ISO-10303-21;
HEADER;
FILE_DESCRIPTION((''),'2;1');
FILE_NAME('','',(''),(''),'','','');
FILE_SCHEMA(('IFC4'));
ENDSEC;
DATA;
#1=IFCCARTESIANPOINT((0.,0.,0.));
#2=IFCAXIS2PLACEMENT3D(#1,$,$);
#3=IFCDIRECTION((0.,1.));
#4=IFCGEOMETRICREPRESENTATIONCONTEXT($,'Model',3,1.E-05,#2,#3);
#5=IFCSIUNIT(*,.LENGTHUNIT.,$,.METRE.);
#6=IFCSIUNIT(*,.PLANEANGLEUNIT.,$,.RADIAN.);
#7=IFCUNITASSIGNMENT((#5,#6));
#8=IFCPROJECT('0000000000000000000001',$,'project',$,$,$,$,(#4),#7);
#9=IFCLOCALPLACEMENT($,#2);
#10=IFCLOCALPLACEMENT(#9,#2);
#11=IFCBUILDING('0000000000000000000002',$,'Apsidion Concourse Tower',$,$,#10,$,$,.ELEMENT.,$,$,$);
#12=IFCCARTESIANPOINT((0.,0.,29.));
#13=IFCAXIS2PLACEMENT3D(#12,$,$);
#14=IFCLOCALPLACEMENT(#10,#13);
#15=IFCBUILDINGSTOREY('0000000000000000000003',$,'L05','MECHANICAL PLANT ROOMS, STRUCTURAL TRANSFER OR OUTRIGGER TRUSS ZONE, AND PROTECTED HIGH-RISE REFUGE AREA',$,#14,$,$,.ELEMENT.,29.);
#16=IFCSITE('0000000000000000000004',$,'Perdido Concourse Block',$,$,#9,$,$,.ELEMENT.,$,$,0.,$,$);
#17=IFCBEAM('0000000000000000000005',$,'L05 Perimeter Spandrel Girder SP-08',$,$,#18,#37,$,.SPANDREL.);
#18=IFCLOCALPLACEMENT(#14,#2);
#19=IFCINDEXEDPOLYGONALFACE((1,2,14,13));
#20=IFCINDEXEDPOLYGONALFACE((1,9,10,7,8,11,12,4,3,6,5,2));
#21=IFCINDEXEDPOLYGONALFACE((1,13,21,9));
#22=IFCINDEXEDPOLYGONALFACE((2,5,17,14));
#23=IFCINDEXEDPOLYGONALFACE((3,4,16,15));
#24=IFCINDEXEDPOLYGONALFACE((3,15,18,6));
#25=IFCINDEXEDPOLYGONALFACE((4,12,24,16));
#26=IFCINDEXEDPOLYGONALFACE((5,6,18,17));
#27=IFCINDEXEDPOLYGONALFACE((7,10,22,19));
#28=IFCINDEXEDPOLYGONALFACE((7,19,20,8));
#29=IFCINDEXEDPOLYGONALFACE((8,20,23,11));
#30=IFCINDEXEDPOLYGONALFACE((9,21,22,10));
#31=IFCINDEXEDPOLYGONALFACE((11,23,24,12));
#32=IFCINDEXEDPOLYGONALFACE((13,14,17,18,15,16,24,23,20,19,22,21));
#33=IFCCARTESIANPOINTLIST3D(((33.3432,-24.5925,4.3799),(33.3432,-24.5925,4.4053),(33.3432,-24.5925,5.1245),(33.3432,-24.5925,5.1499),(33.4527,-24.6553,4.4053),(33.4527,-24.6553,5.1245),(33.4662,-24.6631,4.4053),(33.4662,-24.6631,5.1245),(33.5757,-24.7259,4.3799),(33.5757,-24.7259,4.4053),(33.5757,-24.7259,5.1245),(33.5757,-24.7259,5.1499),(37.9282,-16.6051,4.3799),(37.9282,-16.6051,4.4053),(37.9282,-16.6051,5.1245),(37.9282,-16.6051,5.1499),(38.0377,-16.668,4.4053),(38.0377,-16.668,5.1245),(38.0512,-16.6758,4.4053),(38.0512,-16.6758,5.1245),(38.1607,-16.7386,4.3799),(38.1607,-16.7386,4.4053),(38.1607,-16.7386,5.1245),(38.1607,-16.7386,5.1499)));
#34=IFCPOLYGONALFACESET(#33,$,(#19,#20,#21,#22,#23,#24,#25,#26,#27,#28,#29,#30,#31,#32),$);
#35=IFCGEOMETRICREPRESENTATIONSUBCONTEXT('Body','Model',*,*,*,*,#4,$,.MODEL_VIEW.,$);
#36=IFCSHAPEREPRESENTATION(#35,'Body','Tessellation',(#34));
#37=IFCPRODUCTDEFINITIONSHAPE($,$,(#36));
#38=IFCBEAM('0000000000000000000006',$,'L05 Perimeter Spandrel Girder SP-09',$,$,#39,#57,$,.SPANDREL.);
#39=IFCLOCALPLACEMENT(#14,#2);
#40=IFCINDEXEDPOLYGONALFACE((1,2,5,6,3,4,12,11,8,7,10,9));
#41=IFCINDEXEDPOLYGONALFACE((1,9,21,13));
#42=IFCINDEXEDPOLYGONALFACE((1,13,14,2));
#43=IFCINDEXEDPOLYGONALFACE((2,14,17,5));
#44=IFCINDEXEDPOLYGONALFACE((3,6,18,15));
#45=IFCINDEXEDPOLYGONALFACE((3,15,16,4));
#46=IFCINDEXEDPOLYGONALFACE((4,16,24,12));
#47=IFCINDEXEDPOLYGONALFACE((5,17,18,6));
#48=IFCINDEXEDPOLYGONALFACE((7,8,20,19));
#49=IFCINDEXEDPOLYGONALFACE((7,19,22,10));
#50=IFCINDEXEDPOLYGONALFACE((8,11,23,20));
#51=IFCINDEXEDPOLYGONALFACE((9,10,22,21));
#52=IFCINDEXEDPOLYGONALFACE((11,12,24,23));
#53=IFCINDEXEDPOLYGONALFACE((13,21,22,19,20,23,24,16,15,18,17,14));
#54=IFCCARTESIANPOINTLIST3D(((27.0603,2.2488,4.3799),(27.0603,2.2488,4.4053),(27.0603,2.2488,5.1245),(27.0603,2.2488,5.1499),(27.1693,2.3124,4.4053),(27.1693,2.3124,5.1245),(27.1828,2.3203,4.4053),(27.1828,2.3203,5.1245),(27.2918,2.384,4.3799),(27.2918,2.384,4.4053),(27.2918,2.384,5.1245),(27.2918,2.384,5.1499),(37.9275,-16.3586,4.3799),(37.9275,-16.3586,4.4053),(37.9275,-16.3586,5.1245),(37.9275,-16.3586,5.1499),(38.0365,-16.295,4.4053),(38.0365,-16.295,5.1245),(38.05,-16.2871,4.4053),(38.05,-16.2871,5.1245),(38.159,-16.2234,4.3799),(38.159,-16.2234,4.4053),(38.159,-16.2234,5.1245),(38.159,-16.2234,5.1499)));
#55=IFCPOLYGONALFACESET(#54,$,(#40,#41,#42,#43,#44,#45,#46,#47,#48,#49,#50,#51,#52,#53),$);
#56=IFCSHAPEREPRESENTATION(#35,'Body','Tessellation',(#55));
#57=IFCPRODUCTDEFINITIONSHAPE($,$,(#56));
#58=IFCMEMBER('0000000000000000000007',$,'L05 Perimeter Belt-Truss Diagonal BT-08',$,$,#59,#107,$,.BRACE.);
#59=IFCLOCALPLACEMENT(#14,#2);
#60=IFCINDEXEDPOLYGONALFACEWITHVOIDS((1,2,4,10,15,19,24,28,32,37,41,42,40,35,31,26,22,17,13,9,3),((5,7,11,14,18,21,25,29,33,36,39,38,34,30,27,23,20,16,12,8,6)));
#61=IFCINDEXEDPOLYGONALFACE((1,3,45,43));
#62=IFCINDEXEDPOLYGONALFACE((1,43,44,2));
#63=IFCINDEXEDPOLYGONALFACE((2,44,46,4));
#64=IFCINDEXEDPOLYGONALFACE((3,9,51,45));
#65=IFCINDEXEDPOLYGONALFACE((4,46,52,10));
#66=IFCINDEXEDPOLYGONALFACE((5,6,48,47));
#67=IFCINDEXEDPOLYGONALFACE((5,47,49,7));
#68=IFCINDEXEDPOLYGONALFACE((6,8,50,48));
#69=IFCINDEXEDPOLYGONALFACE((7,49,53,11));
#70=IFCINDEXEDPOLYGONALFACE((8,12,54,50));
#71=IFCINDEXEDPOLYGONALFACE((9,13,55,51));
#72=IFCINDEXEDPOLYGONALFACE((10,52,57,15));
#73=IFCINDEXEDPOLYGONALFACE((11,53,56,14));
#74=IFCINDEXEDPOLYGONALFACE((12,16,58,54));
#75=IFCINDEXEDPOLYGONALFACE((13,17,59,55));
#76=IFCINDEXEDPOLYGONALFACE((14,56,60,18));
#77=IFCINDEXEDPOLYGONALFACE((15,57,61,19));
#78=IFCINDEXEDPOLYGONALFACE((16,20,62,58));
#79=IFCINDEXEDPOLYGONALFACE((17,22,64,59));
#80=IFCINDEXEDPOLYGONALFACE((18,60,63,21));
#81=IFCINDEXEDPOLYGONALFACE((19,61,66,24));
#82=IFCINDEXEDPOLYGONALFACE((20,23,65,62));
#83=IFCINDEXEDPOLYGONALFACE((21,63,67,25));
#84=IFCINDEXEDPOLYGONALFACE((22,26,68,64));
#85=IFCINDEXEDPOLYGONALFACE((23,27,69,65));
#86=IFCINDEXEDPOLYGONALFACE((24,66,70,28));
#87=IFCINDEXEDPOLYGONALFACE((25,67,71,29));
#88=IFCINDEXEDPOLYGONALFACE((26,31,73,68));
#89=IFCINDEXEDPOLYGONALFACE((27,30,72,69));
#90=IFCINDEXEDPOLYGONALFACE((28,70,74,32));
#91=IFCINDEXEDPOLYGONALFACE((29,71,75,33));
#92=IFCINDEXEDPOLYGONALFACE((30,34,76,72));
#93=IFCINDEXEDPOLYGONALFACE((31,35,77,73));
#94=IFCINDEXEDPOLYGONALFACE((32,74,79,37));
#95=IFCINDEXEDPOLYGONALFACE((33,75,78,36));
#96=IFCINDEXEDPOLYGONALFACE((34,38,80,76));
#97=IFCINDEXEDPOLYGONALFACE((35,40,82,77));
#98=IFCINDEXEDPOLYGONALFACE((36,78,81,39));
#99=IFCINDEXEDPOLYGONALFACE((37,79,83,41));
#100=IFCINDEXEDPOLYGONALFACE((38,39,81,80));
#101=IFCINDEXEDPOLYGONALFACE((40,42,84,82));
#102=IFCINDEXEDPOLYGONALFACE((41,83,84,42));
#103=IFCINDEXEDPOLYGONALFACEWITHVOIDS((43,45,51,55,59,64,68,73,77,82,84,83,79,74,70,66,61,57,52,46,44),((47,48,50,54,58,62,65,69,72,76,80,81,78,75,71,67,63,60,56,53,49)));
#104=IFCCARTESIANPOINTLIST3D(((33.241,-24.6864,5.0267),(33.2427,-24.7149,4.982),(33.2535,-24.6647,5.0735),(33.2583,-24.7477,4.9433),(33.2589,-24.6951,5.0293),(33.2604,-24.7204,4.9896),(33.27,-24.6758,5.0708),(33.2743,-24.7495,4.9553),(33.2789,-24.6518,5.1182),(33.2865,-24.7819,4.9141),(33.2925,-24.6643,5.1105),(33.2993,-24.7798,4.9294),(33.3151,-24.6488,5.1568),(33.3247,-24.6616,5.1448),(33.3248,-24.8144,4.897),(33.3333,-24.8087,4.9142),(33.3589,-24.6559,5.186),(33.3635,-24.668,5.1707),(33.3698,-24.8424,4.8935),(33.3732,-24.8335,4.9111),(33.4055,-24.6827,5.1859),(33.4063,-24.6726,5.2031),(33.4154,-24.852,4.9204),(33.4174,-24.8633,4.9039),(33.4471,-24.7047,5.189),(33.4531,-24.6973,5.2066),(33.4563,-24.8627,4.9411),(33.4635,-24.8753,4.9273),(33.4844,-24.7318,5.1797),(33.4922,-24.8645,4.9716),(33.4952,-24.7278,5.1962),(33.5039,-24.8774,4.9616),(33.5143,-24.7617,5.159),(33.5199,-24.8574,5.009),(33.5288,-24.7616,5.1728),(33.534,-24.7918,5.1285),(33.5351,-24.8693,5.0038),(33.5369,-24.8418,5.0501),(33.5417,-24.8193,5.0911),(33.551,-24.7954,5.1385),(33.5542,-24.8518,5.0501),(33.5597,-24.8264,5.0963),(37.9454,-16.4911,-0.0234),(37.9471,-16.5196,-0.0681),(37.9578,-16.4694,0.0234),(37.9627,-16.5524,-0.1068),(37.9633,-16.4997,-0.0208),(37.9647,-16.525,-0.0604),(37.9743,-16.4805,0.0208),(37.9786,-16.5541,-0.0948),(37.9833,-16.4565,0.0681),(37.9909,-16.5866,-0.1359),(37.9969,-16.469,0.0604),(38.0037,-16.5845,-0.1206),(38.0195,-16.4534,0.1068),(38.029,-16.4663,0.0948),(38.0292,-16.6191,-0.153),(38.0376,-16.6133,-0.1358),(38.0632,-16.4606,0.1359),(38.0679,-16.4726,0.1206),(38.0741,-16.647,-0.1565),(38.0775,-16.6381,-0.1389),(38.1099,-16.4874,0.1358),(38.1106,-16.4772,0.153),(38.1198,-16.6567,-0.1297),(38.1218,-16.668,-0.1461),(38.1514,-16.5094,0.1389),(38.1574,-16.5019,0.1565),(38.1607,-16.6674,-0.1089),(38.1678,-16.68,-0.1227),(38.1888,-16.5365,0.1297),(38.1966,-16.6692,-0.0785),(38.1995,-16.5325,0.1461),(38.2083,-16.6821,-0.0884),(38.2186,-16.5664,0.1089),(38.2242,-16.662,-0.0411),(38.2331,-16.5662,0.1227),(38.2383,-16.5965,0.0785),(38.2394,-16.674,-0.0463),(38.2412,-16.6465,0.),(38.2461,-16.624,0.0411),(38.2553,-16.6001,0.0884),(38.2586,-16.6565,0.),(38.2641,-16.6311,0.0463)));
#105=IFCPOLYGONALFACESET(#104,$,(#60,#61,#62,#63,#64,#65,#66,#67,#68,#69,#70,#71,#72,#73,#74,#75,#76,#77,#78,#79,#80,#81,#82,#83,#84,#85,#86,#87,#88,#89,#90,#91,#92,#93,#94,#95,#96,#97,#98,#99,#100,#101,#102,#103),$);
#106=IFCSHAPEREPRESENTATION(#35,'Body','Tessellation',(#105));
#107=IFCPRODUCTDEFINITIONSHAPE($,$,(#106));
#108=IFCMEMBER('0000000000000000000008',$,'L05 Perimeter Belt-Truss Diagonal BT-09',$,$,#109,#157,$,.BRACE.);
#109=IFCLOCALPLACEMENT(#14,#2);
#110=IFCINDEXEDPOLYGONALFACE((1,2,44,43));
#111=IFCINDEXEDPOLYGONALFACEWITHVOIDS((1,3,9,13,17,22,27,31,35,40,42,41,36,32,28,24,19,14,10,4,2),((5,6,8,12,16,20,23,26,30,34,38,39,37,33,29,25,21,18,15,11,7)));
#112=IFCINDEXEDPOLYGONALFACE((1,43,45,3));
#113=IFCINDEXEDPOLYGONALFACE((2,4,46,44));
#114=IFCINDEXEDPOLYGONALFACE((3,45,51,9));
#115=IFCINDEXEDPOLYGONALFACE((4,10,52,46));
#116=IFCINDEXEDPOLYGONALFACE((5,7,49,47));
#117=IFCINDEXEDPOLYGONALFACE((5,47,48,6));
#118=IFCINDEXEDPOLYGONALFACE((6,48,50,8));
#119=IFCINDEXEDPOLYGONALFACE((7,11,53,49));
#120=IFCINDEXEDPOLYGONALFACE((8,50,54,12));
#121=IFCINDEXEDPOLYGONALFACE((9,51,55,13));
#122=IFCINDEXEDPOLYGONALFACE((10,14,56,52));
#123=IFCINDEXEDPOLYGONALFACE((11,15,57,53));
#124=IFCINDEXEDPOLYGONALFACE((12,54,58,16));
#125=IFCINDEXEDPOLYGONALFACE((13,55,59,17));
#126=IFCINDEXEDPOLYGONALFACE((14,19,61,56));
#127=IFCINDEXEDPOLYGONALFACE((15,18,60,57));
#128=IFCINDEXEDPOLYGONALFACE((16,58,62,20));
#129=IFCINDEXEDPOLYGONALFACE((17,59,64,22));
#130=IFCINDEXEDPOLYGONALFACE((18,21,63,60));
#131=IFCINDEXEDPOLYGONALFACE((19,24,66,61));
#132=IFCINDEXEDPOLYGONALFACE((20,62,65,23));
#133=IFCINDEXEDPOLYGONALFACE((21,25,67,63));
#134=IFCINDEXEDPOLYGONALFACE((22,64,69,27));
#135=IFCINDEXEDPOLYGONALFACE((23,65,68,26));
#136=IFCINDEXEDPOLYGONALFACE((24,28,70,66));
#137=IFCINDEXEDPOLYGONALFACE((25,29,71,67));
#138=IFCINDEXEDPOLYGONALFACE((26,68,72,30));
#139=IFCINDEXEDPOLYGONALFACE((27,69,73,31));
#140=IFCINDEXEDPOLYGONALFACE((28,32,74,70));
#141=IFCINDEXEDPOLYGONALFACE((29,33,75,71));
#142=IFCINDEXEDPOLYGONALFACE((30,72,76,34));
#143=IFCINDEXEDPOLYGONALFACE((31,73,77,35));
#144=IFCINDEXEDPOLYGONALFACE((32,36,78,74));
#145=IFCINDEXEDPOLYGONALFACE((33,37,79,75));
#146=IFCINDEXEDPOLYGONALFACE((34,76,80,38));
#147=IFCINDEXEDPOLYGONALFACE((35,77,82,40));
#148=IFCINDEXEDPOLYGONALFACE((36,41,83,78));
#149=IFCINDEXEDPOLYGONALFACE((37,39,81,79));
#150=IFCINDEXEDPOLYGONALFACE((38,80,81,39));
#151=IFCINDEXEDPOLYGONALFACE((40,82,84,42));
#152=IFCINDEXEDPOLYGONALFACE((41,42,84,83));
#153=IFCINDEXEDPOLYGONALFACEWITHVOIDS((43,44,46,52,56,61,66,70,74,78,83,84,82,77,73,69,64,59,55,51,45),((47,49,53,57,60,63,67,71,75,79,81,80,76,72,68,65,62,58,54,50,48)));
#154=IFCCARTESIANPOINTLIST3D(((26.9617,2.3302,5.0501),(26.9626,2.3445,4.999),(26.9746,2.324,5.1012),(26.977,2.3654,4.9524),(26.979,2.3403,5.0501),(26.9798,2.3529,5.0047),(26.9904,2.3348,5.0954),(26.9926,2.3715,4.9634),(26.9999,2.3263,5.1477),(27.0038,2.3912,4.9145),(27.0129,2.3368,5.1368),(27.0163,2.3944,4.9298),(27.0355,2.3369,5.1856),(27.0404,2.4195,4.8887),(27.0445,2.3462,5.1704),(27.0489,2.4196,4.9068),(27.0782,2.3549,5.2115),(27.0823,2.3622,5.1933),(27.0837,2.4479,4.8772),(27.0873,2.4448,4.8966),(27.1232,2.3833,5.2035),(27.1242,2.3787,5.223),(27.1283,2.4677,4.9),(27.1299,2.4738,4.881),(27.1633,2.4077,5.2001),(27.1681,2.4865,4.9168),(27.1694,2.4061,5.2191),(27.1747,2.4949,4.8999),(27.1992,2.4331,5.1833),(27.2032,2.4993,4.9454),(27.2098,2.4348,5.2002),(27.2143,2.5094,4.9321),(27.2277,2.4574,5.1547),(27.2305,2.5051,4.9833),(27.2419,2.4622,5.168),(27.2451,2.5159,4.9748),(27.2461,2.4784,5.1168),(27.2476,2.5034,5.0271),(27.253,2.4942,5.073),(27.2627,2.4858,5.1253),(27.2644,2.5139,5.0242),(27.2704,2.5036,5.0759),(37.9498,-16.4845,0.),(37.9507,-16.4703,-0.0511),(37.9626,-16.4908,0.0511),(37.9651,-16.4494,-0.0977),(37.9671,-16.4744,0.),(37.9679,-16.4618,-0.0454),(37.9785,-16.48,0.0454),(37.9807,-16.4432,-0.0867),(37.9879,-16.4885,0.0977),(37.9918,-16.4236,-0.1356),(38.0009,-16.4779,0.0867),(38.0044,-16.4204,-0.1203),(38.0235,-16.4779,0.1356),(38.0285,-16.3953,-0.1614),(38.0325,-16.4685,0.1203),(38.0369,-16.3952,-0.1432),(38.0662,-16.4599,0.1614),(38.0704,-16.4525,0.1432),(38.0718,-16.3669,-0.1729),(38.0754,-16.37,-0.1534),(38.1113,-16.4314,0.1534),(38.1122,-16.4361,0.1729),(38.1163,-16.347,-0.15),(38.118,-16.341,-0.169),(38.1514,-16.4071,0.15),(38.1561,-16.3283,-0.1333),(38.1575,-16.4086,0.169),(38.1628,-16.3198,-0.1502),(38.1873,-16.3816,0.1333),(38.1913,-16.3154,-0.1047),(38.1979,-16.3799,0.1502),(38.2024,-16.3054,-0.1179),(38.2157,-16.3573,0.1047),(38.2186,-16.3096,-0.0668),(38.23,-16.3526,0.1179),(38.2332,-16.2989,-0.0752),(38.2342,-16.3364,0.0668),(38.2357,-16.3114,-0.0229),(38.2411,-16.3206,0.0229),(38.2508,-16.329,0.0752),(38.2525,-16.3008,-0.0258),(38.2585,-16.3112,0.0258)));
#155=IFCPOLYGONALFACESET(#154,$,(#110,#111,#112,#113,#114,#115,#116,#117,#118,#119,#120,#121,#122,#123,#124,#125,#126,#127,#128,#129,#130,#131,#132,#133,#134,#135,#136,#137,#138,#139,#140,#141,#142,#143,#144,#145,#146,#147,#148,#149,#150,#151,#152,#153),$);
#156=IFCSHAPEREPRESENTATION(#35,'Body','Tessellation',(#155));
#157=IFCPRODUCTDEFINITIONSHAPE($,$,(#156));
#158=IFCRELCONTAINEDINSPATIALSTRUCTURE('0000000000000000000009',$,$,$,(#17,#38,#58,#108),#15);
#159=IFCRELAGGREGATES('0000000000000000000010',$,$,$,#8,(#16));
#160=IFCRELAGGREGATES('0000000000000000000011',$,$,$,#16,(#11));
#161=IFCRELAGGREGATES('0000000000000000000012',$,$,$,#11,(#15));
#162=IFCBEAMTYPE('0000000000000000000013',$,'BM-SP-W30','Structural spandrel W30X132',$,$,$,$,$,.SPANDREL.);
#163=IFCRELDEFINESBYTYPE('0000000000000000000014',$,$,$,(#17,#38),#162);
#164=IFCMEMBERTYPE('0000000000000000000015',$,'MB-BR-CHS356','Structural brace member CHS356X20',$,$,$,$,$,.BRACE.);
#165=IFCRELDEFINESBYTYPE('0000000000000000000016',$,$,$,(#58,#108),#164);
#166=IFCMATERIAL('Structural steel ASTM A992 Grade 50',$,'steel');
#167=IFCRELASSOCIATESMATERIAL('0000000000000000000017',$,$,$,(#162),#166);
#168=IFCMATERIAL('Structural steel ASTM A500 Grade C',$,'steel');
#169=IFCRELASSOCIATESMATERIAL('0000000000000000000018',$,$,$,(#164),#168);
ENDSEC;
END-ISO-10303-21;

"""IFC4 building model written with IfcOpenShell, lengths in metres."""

from ifc_helpers import new_model, si_unit, direction, frame, origin, origin_2d, place, context, subcontext, project, spatial, hollow_circle, i_section, extrude, material, material_profile, profile_set, type_object, element, save


model = new_model("IFC4")

# Units and contexts
model_context = context("Model", 3, precision=1e-05, world=origin(), true_north=direction((0.0, 1.0)))
body_context = subcontext(model_context, "Body", "Model", "MODEL_VIEW")
ifc_project = project(units=[si_unit("LENGTHUNIT", "METRE"), si_unit("PLANEANGLEUNIT", "RADIAN")], contexts=[model_context])

# Site, building, storey
site_placement = place(None, origin())
site = spatial("IfcSite", under=ifc_project, at=site_placement, Name="Perdido Concourse Block", CompositionType="ELEMENT", RefElevation=0.0)
building_placement = place(site_placement, origin())
building = spatial("IfcBuilding", under=site, at=building_placement, Name="Apsidion Concourse Tower", CompositionType="ELEMENT")
storey_placement = place(building_placement, frame((0.0, 0.0, 29.0)))
storey = spatial("IfcBuildingStorey", under=building, at=storey_placement, Name="L05", Description="MECHANICAL PLANT ROOMS, STRUCTURAL TRANSFER OR OUTRIGGER TRUSS ZONE, AND PROTECTED HIGH-RISE REFUGE AREA", CompositionType="ELEMENT", Elevation=29.0)

# Beams
ifc_material_1 = material(Name="Structural steel ASTM A992 Grade 50", Category="steel")
ifc_material_profile_1 = material_profile(ifc_material_1, i_section(OverallWidth=0.2681, OverallDepth=0.77, WebThickness=0.0156, FlangeThickness=0.0254, at=origin_2d()), Name="W30X132")
ifc_profile_set_1 = profile_set([ifc_material_profile_1], Name="Structural steel ASTM A992 Grade 50")
beam_type_1 = type_object("IfcBeamType", Name="BM-SP-W30", Description="Structural spandrel W30X132", PredefinedType="SPANDREL", material=ifc_profile_set_1)
beam_1_placement = place(storey_placement, frame((33.4595, -24.6592, 4.7649), z_axis=(0.497839, 0.867269, 0.0), x_axis=(-0.867269, 0.497839, 0.0)))
element("IfcBeam", 1, at=beam_1_placement, inside=storey, type_object=beam_type_1, Name="L05 Perimeter Spandrel Girder SP-08", PredefinedType="SPANDREL", context=body_context, shape_type="SweptSolid", body=[
    extrude(i_section(OverallWidth=0.2681, OverallDepth=0.77, WebThickness=0.0156, FlangeThickness=0.0254, at=origin_2d()), origin(), (0.0, 0.0, 1.0), 9.2097),
])
beam_2_placement = place(storey_placement, frame((38.0432, -16.291, 4.7649), z_axis=(-0.504316, 0.863519, 0.0), x_axis=(-0.863519, -0.504316, 0.0)))
element("IfcBeam", 2, at=beam_2_placement, inside=storey, type_object=beam_type_1, Name="L05 Perimeter Spandrel Girder SP-09", PredefinedType="SPANDREL", context=body_context, shape_type="SweptSolid", body=[
    extrude(i_section(OverallWidth=0.2681, OverallDepth=0.77, WebThickness=0.0156, FlangeThickness=0.0254, at=origin_2d()), origin(), (0.0, 0.0, 1.0), 21.5483),
])

# Members
ifc_material_2 = material(Name="Structural steel ASTM A500 Grade C", Category="steel")
ifc_material_profile_2 = material_profile(ifc_material_2, hollow_circle(Radius=0.178, WallThickness=0.02, at=origin_2d()), Name="CHS356X20")
ifc_profile_set_2 = profile_set([ifc_material_profile_2], Name="Structural steel ASTM A500 Grade C")
member_type_1 = type_object("IfcMemberType", Name="MB-BR-CHS356", Description="Structural brace member CHS356X20", PredefinedType="BRACE", material=ifc_profile_set_2)
member_1_placement = place(storey_placement, frame((38.1042, -16.5679, 0.0), z_axis=(-0.43907, -0.764892, 0.471336), x_axis=(0.86727, -0.497838, 0.0)))
element("IfcMember", 3, at=member_1_placement, inside=storey, type_object=member_type_1, Name="L05 Perimeter Belt-Truss Diagonal BT-08", PredefinedType="BRACE", context=body_context, shape_type="SweptSolid", body=[
    extrude(hollow_circle(Radius=0.178, WallThickness=0.02, at=origin_2d()), origin(), (0.0, 0.0, 1.0), 10.7144),
])
member_2_placement = place(storey_placement, frame((38.1035, -16.3948, 0.0), z_axis=(-0.491286, 0.841223, 0.225792), x_axis=(-0.863523, -0.504309, 0.0)))
element("IfcMember", 4, at=member_2_placement, inside=storey, type_object=member_type_1, Name="L05 Perimeter Belt-Truss Diagonal BT-09", PredefinedType="BRACE", context=body_context, shape_type="SweptSolid", body=[
    extrude(hollow_circle(Radius=0.178, WallThickness=0.02, at=origin_2d()), origin(), (0.0, 0.0, 1.0), 22.366),
])

save(model, "model.ifc")
